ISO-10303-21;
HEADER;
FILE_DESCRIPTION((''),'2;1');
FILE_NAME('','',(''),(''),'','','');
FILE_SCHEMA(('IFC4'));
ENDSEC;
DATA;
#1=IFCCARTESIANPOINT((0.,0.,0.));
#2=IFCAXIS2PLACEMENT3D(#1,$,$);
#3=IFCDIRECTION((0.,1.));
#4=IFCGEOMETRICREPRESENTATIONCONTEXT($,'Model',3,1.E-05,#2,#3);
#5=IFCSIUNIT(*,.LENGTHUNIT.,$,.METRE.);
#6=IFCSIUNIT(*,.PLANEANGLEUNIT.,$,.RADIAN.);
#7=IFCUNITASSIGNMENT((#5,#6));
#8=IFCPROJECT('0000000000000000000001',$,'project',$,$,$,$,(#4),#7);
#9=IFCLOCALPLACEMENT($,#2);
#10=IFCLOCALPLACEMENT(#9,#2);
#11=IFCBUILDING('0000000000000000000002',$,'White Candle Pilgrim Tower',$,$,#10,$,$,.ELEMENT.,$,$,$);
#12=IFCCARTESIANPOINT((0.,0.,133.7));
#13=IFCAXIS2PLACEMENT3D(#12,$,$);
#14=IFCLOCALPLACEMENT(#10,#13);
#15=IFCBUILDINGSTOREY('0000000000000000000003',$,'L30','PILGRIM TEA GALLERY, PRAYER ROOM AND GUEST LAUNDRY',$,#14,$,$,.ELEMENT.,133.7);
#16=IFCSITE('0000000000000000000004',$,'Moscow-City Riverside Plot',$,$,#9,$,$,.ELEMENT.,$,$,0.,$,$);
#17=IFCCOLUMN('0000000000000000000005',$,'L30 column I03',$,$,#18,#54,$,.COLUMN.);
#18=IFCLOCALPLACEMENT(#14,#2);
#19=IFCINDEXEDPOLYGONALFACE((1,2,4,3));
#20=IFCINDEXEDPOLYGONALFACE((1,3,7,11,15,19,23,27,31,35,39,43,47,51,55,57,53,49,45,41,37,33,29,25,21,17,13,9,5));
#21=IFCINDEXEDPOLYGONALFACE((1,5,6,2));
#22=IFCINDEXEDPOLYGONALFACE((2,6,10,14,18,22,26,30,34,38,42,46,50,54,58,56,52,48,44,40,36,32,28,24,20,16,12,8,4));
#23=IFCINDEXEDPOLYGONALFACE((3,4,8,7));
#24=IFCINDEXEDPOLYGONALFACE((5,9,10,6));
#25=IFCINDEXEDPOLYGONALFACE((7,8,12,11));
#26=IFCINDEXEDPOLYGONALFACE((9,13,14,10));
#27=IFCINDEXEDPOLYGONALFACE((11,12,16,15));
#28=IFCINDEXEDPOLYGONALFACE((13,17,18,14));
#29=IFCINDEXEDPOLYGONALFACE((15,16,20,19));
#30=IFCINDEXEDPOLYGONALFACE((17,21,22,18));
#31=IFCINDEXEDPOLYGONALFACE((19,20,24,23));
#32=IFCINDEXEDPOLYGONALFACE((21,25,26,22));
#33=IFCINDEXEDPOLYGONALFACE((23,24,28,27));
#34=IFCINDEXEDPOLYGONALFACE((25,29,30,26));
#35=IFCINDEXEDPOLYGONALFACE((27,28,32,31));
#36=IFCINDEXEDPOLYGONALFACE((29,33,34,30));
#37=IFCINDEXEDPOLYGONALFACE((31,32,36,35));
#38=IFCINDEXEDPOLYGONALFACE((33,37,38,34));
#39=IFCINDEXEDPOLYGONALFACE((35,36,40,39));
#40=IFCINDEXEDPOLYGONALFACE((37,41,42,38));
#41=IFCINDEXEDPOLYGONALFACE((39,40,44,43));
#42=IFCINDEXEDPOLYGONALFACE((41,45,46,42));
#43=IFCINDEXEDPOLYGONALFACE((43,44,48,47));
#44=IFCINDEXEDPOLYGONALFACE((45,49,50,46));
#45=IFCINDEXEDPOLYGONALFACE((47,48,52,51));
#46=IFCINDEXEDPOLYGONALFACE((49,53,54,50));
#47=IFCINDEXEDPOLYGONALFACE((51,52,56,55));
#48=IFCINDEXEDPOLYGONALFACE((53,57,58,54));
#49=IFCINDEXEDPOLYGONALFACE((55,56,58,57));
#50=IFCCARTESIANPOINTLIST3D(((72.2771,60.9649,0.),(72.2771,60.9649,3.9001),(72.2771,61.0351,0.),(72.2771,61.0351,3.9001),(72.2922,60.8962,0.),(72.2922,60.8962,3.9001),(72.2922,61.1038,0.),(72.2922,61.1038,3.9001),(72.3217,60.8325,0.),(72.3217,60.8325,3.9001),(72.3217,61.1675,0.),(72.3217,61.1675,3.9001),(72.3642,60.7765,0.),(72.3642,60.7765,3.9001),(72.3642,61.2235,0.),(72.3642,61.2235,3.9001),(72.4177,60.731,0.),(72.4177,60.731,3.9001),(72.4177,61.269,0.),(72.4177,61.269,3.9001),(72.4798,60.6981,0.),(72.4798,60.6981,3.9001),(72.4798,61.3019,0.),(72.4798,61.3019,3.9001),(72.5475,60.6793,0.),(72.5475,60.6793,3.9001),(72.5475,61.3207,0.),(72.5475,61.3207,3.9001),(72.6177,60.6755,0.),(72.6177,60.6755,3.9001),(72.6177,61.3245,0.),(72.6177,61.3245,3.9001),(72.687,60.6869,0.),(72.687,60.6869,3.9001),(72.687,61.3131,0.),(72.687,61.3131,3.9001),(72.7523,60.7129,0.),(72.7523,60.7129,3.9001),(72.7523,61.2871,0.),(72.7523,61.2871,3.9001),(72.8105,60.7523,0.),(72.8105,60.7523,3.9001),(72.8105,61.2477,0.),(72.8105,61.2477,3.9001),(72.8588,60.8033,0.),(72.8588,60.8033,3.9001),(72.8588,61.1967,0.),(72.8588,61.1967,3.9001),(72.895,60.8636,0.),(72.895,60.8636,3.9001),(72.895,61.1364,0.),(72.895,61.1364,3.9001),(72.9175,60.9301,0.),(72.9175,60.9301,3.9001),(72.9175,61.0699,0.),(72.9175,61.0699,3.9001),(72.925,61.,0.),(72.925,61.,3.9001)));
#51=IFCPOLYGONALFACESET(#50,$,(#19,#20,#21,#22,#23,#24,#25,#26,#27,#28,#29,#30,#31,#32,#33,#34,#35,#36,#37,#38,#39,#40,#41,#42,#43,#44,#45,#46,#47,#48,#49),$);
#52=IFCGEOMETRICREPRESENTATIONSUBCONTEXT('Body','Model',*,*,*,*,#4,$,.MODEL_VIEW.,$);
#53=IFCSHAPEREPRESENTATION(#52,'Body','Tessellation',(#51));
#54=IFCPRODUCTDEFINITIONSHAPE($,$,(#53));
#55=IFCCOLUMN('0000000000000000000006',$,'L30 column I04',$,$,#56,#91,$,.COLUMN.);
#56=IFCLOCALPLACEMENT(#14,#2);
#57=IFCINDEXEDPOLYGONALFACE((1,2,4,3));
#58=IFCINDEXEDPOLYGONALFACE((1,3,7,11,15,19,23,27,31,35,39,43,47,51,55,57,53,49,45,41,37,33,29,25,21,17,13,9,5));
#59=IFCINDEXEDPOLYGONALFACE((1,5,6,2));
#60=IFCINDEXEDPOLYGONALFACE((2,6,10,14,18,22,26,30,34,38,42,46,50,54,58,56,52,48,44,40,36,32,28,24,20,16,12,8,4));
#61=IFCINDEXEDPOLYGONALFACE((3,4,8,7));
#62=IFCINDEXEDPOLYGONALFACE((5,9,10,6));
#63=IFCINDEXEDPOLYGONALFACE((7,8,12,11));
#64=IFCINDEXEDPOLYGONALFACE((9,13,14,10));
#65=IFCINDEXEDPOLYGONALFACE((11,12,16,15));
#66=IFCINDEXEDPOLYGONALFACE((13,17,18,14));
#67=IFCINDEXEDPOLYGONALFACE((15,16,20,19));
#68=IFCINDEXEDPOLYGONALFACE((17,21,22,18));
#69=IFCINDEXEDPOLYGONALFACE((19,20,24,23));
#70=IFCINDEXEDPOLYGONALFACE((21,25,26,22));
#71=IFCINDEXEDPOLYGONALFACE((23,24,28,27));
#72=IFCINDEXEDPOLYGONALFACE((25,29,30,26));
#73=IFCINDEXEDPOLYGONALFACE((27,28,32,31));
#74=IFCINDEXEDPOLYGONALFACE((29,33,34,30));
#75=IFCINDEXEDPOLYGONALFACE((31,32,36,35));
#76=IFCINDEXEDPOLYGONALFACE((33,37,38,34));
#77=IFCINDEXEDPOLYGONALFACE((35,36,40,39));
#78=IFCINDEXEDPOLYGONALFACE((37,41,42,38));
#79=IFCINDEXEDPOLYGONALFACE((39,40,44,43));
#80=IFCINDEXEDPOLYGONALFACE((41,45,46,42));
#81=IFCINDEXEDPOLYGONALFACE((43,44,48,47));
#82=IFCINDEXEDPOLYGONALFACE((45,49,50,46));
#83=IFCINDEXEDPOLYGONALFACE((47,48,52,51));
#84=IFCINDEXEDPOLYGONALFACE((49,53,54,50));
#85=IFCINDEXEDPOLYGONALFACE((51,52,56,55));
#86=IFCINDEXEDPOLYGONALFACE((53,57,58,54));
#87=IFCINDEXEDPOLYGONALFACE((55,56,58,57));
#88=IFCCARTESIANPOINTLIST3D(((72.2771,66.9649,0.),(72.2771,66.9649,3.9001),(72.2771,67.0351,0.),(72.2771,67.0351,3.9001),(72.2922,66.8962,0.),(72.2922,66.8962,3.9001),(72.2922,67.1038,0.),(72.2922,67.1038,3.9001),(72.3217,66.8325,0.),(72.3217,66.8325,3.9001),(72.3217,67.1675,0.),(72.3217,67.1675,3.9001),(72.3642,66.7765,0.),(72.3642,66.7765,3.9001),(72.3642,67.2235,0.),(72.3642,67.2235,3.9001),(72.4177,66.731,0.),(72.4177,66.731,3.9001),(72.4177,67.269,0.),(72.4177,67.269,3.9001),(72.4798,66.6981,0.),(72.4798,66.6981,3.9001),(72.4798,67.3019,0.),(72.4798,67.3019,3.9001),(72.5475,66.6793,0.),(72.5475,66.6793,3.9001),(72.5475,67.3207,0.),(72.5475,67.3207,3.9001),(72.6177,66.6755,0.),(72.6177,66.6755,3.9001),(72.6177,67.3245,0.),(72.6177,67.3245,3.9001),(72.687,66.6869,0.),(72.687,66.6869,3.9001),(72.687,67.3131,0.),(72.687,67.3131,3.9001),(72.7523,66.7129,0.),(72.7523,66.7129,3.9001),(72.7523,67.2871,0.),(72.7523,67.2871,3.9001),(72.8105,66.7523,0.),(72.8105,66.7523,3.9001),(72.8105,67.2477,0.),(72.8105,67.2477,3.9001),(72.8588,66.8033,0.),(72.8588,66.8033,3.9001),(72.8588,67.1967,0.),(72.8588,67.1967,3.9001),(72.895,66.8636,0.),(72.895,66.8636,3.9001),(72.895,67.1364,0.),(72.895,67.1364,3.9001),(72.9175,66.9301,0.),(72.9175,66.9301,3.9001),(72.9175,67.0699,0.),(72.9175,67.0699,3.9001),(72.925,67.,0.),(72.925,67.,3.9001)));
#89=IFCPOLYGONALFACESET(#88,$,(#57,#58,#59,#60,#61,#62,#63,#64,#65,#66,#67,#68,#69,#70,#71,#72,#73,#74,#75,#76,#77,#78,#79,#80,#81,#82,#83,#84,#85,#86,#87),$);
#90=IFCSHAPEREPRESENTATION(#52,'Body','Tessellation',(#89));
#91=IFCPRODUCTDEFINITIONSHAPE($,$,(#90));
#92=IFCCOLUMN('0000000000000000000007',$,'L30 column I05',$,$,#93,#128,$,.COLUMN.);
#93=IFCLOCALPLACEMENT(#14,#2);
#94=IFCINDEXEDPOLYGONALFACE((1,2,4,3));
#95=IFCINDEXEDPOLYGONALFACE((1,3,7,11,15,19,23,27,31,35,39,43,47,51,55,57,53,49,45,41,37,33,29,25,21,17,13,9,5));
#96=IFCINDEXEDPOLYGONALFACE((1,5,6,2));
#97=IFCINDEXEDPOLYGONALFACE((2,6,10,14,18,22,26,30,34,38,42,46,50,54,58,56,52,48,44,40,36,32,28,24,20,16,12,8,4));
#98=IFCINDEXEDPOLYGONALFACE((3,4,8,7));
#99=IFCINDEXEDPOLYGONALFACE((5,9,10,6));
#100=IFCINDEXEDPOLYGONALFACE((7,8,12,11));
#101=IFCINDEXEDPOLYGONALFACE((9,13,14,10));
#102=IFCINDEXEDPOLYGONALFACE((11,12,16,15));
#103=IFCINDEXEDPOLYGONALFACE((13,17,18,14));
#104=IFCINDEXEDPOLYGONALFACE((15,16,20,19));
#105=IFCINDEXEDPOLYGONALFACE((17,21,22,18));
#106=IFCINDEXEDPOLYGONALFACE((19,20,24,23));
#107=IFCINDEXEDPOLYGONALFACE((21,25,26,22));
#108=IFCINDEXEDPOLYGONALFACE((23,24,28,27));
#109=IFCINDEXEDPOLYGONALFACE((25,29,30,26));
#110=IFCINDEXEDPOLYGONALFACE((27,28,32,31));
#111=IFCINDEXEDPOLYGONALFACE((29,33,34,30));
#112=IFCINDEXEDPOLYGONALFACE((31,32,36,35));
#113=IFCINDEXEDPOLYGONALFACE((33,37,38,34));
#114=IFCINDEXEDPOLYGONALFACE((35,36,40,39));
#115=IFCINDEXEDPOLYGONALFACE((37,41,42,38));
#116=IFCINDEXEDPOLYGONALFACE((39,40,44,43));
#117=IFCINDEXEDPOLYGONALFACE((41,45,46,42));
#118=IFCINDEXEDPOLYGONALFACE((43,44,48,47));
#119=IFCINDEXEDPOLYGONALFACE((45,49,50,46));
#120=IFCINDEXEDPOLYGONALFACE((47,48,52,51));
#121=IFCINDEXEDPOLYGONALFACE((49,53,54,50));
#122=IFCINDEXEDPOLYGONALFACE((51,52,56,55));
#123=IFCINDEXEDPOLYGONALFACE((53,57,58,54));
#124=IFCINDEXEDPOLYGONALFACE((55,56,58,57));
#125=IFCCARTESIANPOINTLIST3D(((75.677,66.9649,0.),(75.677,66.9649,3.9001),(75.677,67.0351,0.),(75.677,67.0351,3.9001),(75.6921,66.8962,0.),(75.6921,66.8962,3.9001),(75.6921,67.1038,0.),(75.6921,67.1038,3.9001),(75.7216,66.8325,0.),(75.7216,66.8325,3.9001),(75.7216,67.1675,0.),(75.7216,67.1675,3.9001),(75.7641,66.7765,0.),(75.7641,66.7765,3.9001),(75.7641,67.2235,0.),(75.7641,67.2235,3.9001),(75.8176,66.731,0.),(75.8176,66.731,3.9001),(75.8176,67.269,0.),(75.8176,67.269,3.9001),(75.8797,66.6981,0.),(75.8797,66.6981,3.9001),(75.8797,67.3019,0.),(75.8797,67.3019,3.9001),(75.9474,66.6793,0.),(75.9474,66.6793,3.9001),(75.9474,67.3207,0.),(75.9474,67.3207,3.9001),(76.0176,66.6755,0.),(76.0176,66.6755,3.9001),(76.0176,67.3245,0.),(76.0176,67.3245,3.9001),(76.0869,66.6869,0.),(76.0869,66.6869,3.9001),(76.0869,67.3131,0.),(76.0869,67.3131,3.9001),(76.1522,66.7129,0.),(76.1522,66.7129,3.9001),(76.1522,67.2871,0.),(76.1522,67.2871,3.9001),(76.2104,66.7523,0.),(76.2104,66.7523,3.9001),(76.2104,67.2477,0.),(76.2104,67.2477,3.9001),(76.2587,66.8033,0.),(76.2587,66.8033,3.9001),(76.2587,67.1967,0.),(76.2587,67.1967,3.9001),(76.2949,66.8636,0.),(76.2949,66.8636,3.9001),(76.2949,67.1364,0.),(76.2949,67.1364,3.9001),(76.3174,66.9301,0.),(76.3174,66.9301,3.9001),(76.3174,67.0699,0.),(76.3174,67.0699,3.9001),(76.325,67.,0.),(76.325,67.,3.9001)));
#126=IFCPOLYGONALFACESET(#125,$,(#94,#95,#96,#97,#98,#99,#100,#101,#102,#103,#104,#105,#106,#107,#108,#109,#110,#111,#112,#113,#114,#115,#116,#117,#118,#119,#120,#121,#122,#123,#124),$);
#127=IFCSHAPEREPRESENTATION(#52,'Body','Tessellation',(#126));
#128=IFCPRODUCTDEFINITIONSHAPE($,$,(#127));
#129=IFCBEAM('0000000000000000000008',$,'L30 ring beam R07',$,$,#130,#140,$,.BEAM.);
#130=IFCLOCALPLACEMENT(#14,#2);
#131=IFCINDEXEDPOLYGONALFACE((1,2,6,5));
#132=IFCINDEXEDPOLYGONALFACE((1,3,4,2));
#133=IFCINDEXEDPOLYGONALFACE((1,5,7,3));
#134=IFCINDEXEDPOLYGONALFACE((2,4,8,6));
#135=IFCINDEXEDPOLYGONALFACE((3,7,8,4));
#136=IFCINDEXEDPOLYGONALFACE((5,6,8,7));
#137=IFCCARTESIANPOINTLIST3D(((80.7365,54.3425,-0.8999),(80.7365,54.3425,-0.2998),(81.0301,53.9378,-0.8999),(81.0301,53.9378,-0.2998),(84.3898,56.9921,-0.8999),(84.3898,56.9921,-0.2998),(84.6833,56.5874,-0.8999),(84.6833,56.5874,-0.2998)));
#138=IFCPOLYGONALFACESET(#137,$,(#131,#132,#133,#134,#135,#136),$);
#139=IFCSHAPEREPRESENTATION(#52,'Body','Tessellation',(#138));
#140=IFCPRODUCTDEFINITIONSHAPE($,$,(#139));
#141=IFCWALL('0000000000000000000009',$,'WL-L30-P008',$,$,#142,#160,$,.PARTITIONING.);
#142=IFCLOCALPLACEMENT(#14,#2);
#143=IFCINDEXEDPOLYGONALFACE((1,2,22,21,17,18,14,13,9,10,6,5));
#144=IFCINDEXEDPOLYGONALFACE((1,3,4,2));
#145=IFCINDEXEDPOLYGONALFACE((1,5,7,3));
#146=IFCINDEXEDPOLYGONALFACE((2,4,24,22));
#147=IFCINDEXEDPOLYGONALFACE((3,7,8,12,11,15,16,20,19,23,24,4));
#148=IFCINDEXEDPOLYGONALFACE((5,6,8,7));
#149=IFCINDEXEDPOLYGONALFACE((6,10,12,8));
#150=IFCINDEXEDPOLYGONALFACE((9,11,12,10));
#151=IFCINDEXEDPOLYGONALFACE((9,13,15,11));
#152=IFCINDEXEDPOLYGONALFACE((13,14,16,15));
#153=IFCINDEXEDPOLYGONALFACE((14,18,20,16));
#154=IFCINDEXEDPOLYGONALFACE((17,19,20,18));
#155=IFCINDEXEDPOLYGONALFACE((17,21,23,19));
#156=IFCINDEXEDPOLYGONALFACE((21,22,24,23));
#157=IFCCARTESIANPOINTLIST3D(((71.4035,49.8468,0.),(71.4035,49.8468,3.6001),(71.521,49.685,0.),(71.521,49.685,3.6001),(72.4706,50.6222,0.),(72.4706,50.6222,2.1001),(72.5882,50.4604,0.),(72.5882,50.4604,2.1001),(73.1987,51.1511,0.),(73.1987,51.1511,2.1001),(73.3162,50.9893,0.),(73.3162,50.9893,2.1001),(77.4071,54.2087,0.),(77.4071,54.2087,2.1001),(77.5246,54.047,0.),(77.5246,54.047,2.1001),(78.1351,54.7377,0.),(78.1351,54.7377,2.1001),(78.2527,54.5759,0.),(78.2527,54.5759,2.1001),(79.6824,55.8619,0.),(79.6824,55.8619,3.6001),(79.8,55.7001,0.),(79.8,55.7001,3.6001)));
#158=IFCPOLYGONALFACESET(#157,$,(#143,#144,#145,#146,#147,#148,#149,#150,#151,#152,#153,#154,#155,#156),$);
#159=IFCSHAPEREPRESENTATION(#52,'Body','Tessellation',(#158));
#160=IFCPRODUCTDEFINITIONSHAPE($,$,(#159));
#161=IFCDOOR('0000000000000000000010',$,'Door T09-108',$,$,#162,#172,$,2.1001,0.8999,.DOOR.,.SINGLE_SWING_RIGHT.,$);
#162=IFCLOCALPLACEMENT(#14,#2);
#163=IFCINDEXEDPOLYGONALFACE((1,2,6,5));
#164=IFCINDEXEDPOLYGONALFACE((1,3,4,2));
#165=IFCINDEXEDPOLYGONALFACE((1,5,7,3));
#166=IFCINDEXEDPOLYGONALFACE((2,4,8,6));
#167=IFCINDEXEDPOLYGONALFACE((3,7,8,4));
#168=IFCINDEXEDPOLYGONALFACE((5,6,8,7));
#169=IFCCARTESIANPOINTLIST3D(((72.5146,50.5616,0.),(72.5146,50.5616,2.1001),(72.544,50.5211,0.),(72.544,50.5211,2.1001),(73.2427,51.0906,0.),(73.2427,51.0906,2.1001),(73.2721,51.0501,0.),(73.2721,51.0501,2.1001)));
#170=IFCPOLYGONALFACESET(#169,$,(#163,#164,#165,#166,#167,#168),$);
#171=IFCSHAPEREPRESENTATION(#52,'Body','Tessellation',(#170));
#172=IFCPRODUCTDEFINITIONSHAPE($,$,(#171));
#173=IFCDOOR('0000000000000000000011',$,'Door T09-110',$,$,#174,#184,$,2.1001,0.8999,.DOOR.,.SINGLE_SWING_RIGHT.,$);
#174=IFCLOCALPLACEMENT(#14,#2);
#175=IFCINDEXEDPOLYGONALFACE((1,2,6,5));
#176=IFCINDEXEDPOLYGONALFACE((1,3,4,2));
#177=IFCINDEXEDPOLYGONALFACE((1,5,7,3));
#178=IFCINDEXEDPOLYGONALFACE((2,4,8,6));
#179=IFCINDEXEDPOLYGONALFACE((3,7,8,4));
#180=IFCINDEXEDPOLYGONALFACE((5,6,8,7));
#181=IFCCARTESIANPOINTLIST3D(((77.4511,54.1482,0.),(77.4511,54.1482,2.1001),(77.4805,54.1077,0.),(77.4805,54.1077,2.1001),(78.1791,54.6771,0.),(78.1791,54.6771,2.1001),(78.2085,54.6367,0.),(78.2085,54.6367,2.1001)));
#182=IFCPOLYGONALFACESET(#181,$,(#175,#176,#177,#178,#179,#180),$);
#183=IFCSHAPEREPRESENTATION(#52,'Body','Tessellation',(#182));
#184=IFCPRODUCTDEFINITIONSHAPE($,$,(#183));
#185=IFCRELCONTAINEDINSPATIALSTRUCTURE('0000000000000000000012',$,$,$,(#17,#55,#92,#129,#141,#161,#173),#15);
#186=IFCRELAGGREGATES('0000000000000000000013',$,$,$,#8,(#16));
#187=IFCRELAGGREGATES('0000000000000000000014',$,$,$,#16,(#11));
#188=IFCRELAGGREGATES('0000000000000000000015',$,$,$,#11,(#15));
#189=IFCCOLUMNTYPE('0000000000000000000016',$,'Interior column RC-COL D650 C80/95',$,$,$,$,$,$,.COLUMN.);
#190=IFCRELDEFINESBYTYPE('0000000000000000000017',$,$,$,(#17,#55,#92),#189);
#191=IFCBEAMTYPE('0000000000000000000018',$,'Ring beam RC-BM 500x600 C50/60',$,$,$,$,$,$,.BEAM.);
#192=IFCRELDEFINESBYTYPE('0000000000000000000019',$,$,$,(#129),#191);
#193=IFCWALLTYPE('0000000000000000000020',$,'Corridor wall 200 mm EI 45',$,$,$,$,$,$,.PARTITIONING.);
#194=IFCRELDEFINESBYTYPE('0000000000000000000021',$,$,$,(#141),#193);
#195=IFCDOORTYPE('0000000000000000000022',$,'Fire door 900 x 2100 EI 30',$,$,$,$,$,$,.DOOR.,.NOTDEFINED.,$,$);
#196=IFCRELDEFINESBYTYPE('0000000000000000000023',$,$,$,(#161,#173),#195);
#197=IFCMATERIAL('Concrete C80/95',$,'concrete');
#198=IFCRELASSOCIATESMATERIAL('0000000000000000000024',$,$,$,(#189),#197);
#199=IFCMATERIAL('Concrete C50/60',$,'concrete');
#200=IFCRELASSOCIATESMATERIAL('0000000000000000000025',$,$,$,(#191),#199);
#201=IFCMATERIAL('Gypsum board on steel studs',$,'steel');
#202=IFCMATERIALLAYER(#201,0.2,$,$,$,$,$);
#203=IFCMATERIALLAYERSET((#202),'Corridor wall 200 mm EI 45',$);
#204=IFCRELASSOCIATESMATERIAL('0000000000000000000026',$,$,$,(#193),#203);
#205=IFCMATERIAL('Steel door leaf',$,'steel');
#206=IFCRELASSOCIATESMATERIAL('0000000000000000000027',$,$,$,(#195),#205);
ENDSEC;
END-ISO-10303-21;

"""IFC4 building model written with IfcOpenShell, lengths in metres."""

from ifc_helpers import new_model, si_unit, direction, frame, frame_2d, origin, origin_2d, place, context, subcontext, project, spatial, rectangle, circle, extrude, material, layer, layer_set, material_profile, profile_set, type_object, element, fill, save


model = new_model("IFC4")

# Units and contexts
model_context = context("Model", 3, precision=1e-05, world=origin(), true_north=direction((0.0, 1.0)))
body_context = subcontext(model_context, "Body", "Model", "MODEL_VIEW")
ifc_project = project(units=[si_unit("LENGTHUNIT", "METRE"), si_unit("PLANEANGLEUNIT", "RADIAN")], contexts=[model_context])

# Site, building, storey
site_placement = place(None, origin())
site = spatial("IfcSite", under=ifc_project, at=site_placement, Name="Moscow-City Riverside Plot", CompositionType="ELEMENT", RefElevation=0.0)
building_placement = place(site_placement, origin())
building = spatial("IfcBuilding", under=site, at=building_placement, Name="White Candle Pilgrim Tower", CompositionType="ELEMENT")
storey_placement = place(building_placement, frame((0.0, 0.0, 133.7)))
storey = spatial("IfcBuildingStorey", under=building, at=storey_placement, Name="L30", Description="PILGRIM TEA GALLERY, PRAYER ROOM AND GUEST LAUNDRY", CompositionType="ELEMENT", Elevation=133.7)

# Columns
ifc_material_1 = material(Name="Concrete C80/95", Category="concrete")
ifc_material_profile_1 = material_profile(ifc_material_1, circle(Radius=0.325, at=origin_2d()), Name="RC-COL D650")
ifc_profile_set_1 = profile_set([ifc_material_profile_1], Name="Concrete C80/95")
column_type = type_object("IfcColumnType", Name="Interior column RC-COL D650 C80/95", PredefinedType="COLUMN", material=ifc_profile_set_1)
for number, where, z_axis, x_axis, name in (
    (1, (72.6001, 61.0, 0.0), (0.0, 0.0, 1.0), (1.0, 0.0, 0.0), "L30 column I03"),
    (2, (72.6001, 67.0, 0.0), (0.0, 0.0, 1.0), (1.0, 0.0, 0.0), "L30 column I04"),
    (3, (76.0, 67.0, 0.0), (0.0, 0.0, 1.0), (1.0, 0.0, 0.0), "L30 column I05"),
):
    element("IfcColumn", number, at=place(storey_placement, frame(where, z_axis=z_axis, x_axis=x_axis)), inside=storey, type_object=column_type, Name=name, PredefinedType="COLUMN", context=body_context, shape_type="SweptSolid", body=[
        extrude(circle(Radius=0.325, at=origin_2d()), origin(), (0.0, 0.0, 1.0), 3.9001),
    ])

# Beam
ifc_material_2 = material(Name="Concrete C50/60", Category="concrete")
ifc_material_profile_2 = material_profile(ifc_material_2, rectangle(XDim=0.5, YDim=0.6001, at=origin_2d()), Name="RC-BM 500x600")
ifc_profile_set_2 = profile_set([ifc_material_profile_2], Name="Concrete C50/60")
beam_type = type_object("IfcBeamType", Name="Ring beam RC-BM 500x600 C50/60", PredefinedType="BEAM", material=ifc_profile_set_2)
beam_placement = place(storey_placement, frame((80.8833, 54.1401, -0.5999), z_axis=(0.809505, 0.587113, 0.0), x_axis=(-0.587113, 0.809505, 0.0)))
element("IfcBeam", 4, at=beam_placement, inside=storey, type_object=beam_type, Name="L30 ring beam R07", PredefinedType="BEAM", context=body_context, shape_type="SweptSolid", body=[
    extrude(rectangle(XDim=0.5, YDim=0.6001, at=origin_2d()), origin(), (0.0, 0.0, 1.0), 4.5129),
])

# Wall, openings, doors
ifc_material_3 = material(Name="Gypsum board on steel studs", Category="steel")
ifc_layer_1 = layer(ifc_material_3, 0.2)
ifc_layer_set_1 = layer_set([ifc_layer_1], Name="Corridor wall 200 mm EI 45")
wall_type_1 = type_object("IfcWallType", Name="Corridor wall 200 mm EI 45", PredefinedType="PARTITIONING", material=ifc_layer_set_1)
wall_1_placement = place(storey_placement, frame((79.7412, 55.781, 0.0), z_axis=(0.0, 0.0, 1.0), x_axis=(-0.809015, -0.587789, 0.0)))
wall_1 = element("IfcWall", 5, at=wall_1_placement, inside=storey, type_object=wall_type_1, Name="WL-L30-P008", PredefinedType="PARTITIONING", context=body_context, shape_type="SweptSolid", body=[
    extrude(rectangle(XDim=10.2334, YDim=0.2, at=frame_2d((5.1167, 0.0))), origin(), (0.0, 0.0, 1.0), 3.6001),
])
opening_1_placement = place(wall_1_placement, frame((8.0144, 0.0, 0.0)))
opening_1 = element("IfcOpeningElement", 6, at=opening_1_placement, cuts=wall_1, PredefinedType="OPENING", context=body_context, shape_type="SweptSolid", body=[
    extrude(rectangle(XDim=0.8999, YDim=2.1001, at=frame_2d((0.45, 1.05))), frame((0.0, 0.1099, 0.0), z_axis=(0.0, -1.0, 0.0), x_axis=(1.0, 0.0, 0.0)), (0.0, 0.0, 1.0), 0.22),
])
opening_2_placement = place(wall_1_placement, frame((1.9126, 0.0, 0.0)))
opening_2 = element("IfcOpeningElement", 7, at=opening_2_placement, cuts=wall_1, PredefinedType="OPENING", context=body_context, shape_type="SweptSolid", body=[
    extrude(rectangle(XDim=0.8999, YDim=2.1001, at=frame_2d((0.45, 1.05))), frame((0.0, 0.1099, 0.0), z_axis=(0.0, -1.0, 0.0), x_axis=(1.0, 0.0, 0.0)), (0.0, 0.0, 1.0), 0.22),
])
ifc_material_4 = material(Name="Steel door leaf", Category="steel")
door_type_1 = type_object("IfcDoorType", Name="Fire door 900 x 2100 EI 30", OperationType="NOTDEFINED", PredefinedType="DOOR", material=ifc_material_4)
door_1_placement = place(opening_1_placement, origin())
door_1 = element("IfcDoor", 8, at=door_1_placement, inside=storey, type_object=door_type_1, Name="Door T09-108", OperationType="SINGLE_SWING_RIGHT", OverallHeight=2.1001, OverallWidth=0.8999, PredefinedType="DOOR", context=body_context, shape_type="SweptSolid", body=[
    extrude(rectangle(XDim=0.8999, YDim=2.1001, at=frame_2d((0.45, 1.05))), frame((0.0, 0.0249, 0.0), z_axis=(0.0, -1.0, 0.0), x_axis=(1.0, 0.0, 0.0)), (0.0, 0.0, 1.0), 0.05),
])
fill(opening_1, door_1)
door_2_placement = place(opening_2_placement, origin())
door_2 = element("IfcDoor", 9, at=door_2_placement, inside=storey, type_object=door_type_1, Name="Door T09-110", OperationType="SINGLE_SWING_RIGHT", OverallHeight=2.1001, OverallWidth=0.8999, PredefinedType="DOOR", context=body_context, shape_type="SweptSolid", body=[
    extrude(rectangle(XDim=0.8999, YDim=2.1001, at=frame_2d((0.45, 1.05))), frame((0.0, 0.0249, 0.0), z_axis=(0.0, -1.0, 0.0), x_axis=(1.0, 0.0, 0.0)), (0.0, 0.0, 1.0), 0.05),
])
fill(opening_2, door_2)

save(model, "model.ifc")
